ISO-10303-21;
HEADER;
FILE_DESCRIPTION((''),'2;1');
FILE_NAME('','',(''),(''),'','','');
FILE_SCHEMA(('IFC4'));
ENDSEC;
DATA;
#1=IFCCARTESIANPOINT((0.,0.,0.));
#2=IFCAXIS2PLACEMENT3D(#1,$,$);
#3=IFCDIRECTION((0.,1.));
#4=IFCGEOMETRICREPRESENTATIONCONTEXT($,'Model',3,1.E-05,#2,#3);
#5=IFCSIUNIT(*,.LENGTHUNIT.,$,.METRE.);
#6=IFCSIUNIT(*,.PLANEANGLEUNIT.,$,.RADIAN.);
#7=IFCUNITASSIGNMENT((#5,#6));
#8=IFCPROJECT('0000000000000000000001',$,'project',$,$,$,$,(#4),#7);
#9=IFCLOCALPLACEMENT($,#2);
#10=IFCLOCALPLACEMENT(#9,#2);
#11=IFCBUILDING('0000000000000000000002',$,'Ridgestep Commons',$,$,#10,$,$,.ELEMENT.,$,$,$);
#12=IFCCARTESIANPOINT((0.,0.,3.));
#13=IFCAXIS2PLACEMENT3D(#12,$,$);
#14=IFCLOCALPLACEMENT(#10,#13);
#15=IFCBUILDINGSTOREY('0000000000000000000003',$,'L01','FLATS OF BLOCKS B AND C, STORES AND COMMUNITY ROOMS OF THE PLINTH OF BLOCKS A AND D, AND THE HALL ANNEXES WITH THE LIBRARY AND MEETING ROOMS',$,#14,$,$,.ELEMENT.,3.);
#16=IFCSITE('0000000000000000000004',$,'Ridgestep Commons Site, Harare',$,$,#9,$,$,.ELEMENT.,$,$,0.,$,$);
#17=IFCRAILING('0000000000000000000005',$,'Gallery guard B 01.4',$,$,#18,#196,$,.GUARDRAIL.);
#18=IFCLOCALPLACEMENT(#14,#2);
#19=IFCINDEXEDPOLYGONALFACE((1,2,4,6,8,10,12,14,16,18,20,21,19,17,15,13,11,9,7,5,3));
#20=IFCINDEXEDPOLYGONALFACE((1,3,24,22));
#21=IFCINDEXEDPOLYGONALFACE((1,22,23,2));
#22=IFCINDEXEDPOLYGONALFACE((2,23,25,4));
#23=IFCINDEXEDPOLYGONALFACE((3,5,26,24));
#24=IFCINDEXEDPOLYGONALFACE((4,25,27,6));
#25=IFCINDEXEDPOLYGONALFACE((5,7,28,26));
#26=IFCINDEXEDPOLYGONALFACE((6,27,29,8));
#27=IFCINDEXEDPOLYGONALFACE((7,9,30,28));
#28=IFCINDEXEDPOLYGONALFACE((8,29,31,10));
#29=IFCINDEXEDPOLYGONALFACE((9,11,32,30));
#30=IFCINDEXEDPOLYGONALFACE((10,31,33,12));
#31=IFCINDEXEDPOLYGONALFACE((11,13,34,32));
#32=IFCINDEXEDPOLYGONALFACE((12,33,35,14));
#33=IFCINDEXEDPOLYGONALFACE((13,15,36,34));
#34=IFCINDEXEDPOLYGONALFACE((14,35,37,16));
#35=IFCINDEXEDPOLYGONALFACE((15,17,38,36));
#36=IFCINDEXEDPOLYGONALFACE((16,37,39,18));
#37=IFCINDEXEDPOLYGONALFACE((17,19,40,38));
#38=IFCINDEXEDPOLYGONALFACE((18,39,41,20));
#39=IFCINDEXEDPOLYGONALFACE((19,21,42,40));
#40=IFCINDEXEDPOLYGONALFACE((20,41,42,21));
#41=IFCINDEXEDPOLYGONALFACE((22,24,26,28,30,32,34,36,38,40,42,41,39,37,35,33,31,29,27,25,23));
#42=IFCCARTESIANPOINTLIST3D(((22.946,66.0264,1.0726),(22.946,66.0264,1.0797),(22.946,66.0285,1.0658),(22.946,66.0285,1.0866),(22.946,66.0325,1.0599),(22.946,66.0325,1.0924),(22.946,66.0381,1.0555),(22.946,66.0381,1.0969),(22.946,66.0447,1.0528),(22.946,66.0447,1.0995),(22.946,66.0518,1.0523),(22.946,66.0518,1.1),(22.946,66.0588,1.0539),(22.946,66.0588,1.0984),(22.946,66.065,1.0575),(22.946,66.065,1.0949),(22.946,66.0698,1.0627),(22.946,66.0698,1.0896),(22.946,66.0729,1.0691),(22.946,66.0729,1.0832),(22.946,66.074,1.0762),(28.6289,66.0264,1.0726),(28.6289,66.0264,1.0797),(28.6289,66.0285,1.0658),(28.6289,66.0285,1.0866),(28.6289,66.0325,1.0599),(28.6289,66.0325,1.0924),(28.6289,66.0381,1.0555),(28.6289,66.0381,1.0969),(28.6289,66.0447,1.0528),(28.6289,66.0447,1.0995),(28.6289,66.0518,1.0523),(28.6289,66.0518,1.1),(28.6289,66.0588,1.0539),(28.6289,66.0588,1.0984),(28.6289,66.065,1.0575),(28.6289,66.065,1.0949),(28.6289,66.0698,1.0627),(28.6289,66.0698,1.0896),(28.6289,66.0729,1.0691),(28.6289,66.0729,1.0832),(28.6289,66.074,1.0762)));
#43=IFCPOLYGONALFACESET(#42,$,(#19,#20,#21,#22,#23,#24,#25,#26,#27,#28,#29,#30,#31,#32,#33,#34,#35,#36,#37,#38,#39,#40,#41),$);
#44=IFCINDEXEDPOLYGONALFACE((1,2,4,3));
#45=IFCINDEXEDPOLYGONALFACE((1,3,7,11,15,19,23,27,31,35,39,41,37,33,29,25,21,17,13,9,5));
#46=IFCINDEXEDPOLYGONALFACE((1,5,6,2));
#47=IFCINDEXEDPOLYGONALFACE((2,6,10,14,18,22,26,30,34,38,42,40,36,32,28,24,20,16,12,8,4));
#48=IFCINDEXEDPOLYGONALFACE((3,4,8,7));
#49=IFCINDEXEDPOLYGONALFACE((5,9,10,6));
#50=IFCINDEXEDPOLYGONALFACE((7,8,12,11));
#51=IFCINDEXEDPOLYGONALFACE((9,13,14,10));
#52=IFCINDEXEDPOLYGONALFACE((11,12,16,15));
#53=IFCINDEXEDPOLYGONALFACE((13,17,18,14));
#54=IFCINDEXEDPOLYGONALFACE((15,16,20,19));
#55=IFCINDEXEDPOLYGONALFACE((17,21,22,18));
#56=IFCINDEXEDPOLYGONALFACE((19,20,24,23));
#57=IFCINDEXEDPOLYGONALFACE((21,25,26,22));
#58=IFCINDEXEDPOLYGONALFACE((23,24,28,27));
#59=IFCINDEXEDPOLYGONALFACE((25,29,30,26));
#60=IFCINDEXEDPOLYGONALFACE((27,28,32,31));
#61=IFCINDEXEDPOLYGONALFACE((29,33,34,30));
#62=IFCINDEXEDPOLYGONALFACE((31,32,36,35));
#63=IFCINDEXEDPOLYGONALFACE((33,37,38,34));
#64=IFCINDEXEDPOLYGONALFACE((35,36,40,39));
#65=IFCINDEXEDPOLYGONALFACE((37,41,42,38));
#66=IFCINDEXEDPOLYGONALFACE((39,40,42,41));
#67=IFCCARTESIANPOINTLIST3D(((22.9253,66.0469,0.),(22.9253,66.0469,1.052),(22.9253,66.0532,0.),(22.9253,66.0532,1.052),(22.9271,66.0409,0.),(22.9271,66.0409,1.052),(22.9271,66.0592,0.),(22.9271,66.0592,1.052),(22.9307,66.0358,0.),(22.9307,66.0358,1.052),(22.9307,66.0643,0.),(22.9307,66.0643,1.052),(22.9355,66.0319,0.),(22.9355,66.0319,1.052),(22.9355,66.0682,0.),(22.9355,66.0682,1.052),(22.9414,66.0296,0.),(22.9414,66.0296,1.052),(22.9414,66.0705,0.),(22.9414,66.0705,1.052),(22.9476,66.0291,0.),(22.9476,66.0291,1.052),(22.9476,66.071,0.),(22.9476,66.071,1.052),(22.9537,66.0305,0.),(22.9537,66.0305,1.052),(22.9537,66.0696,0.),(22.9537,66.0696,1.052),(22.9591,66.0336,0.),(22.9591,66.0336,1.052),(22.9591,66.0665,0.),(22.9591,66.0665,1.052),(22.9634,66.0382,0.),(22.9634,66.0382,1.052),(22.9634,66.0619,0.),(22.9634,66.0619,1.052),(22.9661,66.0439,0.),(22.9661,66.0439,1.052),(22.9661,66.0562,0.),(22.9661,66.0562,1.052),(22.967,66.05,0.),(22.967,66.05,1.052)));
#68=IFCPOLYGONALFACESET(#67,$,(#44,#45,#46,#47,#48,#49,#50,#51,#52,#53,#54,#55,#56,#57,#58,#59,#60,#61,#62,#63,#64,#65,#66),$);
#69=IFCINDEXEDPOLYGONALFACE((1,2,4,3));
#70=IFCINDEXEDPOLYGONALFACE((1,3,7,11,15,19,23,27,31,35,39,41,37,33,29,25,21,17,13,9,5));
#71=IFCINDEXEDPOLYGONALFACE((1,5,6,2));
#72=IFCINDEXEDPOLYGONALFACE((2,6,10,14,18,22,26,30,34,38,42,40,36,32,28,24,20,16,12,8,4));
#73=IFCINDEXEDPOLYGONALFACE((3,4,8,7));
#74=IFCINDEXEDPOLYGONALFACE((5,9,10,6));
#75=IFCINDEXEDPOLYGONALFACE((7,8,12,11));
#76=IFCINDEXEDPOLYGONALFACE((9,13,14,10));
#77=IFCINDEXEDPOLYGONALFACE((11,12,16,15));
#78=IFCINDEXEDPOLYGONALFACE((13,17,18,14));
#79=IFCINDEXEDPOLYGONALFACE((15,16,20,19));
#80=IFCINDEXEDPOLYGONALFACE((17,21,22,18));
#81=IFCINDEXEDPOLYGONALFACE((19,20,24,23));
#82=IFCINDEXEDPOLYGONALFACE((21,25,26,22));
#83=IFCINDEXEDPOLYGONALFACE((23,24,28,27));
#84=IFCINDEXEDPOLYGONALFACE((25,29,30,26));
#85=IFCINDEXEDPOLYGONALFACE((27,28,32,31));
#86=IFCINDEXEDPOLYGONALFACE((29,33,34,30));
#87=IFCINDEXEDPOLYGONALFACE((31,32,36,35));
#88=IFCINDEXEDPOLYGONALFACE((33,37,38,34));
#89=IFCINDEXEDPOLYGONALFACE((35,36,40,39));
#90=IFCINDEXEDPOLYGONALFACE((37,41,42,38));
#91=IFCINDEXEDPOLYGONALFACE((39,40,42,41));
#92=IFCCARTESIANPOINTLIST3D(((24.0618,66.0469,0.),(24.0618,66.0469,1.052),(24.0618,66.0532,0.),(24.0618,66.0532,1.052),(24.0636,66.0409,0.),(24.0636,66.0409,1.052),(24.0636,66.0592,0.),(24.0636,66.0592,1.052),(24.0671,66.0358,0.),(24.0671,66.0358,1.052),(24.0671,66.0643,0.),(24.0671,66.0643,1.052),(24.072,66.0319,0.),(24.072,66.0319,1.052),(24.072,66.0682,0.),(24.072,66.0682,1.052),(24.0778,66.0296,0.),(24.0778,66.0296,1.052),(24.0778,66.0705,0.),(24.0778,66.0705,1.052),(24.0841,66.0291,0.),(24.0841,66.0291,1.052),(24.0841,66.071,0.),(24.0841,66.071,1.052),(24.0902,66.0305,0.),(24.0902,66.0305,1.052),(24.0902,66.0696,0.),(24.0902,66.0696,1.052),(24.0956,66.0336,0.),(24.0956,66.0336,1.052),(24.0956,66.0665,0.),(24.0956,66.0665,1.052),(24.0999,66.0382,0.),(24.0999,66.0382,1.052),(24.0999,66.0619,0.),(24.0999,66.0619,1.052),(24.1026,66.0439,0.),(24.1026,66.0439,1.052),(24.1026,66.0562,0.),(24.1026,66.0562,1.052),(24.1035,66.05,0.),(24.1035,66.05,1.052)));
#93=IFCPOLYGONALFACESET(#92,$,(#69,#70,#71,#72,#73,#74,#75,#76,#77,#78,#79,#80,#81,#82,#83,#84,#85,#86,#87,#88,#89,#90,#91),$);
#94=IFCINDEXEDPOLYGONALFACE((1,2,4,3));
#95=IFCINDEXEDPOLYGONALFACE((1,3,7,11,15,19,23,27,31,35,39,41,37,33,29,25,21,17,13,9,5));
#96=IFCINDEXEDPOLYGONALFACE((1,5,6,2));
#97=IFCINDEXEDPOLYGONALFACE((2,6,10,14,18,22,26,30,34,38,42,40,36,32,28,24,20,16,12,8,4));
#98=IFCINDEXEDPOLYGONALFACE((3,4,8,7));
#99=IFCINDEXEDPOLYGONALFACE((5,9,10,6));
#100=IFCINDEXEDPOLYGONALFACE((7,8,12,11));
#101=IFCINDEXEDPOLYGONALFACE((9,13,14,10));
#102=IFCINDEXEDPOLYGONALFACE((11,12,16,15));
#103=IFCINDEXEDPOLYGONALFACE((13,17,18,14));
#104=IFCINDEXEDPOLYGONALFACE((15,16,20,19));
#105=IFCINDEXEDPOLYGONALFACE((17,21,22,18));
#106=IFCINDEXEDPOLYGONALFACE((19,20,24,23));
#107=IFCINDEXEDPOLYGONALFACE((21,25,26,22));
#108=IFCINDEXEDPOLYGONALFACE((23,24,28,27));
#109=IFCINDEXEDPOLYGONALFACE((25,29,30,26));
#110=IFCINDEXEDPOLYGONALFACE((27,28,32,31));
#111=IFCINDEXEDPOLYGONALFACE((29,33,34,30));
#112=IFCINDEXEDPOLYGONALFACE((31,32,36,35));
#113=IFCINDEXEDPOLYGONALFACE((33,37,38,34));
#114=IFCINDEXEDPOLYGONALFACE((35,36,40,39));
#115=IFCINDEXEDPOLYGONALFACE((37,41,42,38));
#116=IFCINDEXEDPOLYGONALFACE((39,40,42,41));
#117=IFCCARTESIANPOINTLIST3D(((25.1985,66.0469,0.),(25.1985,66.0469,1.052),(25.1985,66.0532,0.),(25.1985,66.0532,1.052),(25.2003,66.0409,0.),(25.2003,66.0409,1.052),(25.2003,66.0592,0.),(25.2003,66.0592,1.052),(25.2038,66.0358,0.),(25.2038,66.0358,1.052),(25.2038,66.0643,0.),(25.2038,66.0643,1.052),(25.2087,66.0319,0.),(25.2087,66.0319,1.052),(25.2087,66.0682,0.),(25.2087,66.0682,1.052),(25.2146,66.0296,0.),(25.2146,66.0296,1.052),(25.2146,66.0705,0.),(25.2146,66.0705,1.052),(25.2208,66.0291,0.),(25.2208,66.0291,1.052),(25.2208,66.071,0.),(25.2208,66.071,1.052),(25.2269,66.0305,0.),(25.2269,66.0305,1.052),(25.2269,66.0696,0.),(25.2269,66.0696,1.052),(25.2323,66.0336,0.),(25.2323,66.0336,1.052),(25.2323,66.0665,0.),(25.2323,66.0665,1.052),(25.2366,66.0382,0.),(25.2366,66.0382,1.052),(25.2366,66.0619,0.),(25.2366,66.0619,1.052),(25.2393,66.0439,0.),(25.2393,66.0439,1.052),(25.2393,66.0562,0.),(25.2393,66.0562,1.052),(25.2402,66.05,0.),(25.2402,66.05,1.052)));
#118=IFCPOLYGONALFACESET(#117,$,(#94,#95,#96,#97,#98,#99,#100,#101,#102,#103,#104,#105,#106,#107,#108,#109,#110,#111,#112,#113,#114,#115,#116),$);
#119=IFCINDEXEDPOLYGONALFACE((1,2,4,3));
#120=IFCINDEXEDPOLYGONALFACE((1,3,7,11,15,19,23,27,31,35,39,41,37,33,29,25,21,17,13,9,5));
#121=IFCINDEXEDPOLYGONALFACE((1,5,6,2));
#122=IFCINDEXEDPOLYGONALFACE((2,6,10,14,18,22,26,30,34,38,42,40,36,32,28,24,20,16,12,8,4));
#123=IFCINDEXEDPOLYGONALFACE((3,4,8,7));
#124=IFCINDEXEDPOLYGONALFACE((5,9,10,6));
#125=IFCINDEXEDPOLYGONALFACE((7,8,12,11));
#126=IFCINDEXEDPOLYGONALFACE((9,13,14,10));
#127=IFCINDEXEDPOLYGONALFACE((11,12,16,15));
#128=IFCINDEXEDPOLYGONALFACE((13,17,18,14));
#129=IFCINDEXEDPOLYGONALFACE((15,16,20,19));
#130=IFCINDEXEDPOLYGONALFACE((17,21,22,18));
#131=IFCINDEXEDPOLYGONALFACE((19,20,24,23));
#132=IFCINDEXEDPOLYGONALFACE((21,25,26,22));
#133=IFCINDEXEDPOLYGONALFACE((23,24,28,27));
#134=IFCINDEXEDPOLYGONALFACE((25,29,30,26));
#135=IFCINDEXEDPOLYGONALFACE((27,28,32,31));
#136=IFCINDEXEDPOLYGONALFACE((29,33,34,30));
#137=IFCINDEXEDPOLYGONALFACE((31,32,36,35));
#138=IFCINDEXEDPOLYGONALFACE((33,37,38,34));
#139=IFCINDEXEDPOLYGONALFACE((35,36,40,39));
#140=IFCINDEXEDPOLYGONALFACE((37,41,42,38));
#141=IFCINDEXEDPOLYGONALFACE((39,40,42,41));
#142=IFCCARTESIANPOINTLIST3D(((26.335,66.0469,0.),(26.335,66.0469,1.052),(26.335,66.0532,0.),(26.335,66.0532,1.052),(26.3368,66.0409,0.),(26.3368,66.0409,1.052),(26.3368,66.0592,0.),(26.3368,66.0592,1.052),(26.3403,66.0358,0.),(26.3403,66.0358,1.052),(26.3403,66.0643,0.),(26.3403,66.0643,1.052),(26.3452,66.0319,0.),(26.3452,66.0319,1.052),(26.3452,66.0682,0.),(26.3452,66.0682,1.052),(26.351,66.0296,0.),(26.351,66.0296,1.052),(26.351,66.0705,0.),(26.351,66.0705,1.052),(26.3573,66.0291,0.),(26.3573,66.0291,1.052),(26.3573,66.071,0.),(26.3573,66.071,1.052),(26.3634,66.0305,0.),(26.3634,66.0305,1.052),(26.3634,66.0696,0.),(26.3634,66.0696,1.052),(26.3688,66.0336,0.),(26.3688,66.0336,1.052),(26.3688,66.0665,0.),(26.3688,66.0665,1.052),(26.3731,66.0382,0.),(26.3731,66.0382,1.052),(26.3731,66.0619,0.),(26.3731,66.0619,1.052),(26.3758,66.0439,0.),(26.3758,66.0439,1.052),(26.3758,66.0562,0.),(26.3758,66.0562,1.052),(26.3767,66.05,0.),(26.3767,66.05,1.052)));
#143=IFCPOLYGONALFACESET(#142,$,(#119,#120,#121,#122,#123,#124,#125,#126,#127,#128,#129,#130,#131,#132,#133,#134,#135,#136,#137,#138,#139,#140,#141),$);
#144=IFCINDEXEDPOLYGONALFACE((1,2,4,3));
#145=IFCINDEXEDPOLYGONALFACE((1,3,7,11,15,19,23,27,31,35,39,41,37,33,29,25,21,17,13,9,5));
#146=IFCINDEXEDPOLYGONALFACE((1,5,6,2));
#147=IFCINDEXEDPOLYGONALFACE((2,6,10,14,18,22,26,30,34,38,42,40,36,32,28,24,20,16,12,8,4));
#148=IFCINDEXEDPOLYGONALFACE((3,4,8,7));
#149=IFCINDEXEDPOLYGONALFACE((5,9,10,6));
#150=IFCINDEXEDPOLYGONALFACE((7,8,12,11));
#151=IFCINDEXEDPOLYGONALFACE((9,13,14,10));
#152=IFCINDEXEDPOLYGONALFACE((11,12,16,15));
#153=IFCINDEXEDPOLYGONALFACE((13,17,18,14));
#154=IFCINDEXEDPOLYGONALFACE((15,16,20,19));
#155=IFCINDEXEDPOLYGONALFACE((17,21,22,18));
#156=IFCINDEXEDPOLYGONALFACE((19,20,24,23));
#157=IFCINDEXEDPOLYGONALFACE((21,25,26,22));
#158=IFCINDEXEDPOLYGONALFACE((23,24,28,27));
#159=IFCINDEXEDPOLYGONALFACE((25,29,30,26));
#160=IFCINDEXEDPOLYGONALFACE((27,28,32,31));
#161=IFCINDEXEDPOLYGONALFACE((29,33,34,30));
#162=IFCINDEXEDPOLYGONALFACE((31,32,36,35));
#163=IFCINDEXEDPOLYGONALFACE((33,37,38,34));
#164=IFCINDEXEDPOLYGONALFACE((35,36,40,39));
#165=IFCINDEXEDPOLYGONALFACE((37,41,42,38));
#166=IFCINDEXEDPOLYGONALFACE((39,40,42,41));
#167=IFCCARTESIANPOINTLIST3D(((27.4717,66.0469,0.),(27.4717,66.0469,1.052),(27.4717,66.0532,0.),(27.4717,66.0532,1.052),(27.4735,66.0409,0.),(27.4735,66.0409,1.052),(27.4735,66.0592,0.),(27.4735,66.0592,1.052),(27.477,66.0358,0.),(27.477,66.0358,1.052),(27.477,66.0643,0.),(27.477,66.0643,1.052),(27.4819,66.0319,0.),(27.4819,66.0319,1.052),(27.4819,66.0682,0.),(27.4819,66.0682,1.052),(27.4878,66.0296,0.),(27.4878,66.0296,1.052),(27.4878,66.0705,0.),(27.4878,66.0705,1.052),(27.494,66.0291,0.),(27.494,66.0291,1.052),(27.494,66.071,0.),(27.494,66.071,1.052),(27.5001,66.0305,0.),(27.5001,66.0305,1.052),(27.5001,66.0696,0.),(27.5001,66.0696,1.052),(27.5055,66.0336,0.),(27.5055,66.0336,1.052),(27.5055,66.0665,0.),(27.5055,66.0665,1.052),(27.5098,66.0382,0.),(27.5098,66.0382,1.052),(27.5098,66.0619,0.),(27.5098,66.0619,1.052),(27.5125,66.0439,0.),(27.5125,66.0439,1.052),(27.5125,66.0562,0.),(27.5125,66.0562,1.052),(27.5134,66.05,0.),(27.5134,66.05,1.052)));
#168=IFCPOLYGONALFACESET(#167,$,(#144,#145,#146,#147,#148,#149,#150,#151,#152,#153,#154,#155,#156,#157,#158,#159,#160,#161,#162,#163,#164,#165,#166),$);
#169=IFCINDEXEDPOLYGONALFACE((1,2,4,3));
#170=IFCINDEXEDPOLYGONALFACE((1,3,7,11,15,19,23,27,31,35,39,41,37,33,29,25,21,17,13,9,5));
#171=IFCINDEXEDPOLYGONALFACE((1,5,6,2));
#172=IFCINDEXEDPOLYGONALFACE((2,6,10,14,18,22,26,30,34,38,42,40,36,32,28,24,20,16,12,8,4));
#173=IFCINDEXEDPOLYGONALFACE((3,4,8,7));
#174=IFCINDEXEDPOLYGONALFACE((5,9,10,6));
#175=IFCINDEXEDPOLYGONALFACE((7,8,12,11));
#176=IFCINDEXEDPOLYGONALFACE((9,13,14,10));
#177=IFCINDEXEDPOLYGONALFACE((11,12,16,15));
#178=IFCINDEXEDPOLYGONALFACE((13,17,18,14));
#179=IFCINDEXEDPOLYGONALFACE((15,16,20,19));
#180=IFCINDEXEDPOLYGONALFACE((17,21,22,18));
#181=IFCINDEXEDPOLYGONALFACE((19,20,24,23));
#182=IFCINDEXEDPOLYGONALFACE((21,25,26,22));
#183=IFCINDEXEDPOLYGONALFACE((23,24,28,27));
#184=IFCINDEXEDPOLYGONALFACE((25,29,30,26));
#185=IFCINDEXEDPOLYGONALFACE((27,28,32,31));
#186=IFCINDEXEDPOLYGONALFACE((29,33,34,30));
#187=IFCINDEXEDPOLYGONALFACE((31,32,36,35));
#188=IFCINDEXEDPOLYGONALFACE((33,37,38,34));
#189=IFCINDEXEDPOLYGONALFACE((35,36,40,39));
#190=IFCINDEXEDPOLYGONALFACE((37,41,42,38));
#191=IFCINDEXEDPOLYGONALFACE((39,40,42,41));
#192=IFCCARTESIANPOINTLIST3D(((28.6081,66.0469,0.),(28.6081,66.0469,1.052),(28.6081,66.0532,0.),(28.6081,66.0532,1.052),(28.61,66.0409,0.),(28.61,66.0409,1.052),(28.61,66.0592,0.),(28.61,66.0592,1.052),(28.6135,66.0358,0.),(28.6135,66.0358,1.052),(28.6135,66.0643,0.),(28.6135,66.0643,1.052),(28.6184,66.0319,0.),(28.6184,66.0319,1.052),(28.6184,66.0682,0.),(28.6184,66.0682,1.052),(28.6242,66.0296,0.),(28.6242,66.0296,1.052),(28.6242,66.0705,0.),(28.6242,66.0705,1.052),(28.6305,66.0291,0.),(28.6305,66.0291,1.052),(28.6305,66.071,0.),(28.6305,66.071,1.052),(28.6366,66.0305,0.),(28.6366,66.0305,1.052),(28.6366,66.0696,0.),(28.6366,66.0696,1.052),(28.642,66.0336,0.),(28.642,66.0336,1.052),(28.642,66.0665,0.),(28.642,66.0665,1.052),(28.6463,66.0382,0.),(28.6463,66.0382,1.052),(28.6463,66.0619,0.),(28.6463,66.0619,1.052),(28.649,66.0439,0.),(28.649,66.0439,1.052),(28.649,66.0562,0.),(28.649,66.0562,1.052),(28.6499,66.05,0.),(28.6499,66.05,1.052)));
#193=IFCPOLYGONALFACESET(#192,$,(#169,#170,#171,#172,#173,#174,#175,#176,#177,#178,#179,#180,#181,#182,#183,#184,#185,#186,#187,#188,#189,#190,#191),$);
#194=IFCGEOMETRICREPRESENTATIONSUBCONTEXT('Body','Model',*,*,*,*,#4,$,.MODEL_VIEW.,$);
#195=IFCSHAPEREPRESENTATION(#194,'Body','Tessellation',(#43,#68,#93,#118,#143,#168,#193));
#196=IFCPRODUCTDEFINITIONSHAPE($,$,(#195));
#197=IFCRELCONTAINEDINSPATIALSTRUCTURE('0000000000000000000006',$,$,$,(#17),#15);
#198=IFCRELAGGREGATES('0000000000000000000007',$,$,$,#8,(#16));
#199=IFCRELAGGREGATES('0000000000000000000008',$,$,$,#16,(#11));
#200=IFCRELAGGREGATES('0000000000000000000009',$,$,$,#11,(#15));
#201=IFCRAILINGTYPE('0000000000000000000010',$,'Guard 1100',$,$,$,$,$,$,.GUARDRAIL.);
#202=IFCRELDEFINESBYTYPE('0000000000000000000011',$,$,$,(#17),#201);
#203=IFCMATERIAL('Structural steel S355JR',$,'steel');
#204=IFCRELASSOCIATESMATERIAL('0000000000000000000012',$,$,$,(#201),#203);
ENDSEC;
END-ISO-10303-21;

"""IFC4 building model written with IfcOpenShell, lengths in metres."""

from ifc_helpers import new_model, si_unit, direction, frame, origin, origin_2d, place, context, subcontext, project, spatial, circle, extrude, material, type_object, element, save


model = new_model("IFC4")

# Units and contexts
model_context = context("Model", 3, precision=1e-05, world=origin(), true_north=direction((0.0, 1.0)))
body_context = subcontext(model_context, "Body", "Model", "MODEL_VIEW")
ifc_project = project(units=[si_unit("LENGTHUNIT", "METRE"), si_unit("PLANEANGLEUNIT", "RADIAN")], contexts=[model_context])

# Site, building, storey
site_placement = place(None, origin())
site = spatial("IfcSite", under=ifc_project, at=site_placement, Name="Ridgestep Commons Site, Harare", CompositionType="ELEMENT", RefElevation=0.0)
building_placement = place(site_placement, origin())
building = spatial("IfcBuilding", under=site, at=building_placement, Name="Ridgestep Commons", CompositionType="ELEMENT")
storey_placement = place(building_placement, frame((0.0, 0.0, 3.0)))
storey = spatial("IfcBuildingStorey", under=building, at=storey_placement, Name="L01", Description="FLATS OF BLOCKS B AND C, STORES AND COMMUNITY ROOMS OF THE PLINTH OF BLOCKS A AND D, AND THE HALL ANNEXES WITH THE LIBRARY AND MEETING ROOMS", CompositionType="ELEMENT", Elevation=3.0)

# Railing
ifc_material_1 = material(Name="Structural steel S355JR", Category="steel")
railing_type = type_object("IfcRailingType", Name="Guard 1100", PredefinedType="GUARDRAIL", material=ifc_material_1)
railing_1_placement = place(storey_placement, frame((22.946, 66.05, 0.0)))
element("IfcRailing", 1, at=railing_1_placement, inside=storey, type_object=railing_type, Name="Gallery guard B 01.4", PredefinedType="GUARDRAIL", context=body_context, shape_type="SweptSolid", body=[
    extrude(circle(Radius=0.0239, at=origin_2d()), frame((0.0, 0.0, 1.0762), z_axis=(1.0, 0.0, 0.0), x_axis=(0.0, 1.0, 0.0)), (0.0, 0.0, 1.0), 5.6829),
    extrude(circle(Radius=0.021, at=origin_2d()), origin(), (0.0, 0.0, 1.0), 1.052),
    extrude(circle(Radius=0.021, at=origin_2d()), frame((1.1365, 0.0, 0.0)), (0.0, 0.0, 1.0), 1.052),
    extrude(circle(Radius=0.021, at=origin_2d()), frame((2.2732, 0.0, 0.0)), (0.0, 0.0, 1.0), 1.052),
    extrude(circle(Radius=0.021, at=origin_2d()), frame((3.4097, 0.0, 0.0)), (0.0, 0.0, 1.0), 1.052),
    extrude(circle(Radius=0.021, at=origin_2d()), frame((4.5464, 0.0, 0.0)), (0.0, 0.0, 1.0), 1.052),
    extrude(circle(Radius=0.021, at=origin_2d()), frame((5.6829, 0.0, 0.0)), (0.0, 0.0, 1.0), 1.052),
])

save(model, "model.ifc")
